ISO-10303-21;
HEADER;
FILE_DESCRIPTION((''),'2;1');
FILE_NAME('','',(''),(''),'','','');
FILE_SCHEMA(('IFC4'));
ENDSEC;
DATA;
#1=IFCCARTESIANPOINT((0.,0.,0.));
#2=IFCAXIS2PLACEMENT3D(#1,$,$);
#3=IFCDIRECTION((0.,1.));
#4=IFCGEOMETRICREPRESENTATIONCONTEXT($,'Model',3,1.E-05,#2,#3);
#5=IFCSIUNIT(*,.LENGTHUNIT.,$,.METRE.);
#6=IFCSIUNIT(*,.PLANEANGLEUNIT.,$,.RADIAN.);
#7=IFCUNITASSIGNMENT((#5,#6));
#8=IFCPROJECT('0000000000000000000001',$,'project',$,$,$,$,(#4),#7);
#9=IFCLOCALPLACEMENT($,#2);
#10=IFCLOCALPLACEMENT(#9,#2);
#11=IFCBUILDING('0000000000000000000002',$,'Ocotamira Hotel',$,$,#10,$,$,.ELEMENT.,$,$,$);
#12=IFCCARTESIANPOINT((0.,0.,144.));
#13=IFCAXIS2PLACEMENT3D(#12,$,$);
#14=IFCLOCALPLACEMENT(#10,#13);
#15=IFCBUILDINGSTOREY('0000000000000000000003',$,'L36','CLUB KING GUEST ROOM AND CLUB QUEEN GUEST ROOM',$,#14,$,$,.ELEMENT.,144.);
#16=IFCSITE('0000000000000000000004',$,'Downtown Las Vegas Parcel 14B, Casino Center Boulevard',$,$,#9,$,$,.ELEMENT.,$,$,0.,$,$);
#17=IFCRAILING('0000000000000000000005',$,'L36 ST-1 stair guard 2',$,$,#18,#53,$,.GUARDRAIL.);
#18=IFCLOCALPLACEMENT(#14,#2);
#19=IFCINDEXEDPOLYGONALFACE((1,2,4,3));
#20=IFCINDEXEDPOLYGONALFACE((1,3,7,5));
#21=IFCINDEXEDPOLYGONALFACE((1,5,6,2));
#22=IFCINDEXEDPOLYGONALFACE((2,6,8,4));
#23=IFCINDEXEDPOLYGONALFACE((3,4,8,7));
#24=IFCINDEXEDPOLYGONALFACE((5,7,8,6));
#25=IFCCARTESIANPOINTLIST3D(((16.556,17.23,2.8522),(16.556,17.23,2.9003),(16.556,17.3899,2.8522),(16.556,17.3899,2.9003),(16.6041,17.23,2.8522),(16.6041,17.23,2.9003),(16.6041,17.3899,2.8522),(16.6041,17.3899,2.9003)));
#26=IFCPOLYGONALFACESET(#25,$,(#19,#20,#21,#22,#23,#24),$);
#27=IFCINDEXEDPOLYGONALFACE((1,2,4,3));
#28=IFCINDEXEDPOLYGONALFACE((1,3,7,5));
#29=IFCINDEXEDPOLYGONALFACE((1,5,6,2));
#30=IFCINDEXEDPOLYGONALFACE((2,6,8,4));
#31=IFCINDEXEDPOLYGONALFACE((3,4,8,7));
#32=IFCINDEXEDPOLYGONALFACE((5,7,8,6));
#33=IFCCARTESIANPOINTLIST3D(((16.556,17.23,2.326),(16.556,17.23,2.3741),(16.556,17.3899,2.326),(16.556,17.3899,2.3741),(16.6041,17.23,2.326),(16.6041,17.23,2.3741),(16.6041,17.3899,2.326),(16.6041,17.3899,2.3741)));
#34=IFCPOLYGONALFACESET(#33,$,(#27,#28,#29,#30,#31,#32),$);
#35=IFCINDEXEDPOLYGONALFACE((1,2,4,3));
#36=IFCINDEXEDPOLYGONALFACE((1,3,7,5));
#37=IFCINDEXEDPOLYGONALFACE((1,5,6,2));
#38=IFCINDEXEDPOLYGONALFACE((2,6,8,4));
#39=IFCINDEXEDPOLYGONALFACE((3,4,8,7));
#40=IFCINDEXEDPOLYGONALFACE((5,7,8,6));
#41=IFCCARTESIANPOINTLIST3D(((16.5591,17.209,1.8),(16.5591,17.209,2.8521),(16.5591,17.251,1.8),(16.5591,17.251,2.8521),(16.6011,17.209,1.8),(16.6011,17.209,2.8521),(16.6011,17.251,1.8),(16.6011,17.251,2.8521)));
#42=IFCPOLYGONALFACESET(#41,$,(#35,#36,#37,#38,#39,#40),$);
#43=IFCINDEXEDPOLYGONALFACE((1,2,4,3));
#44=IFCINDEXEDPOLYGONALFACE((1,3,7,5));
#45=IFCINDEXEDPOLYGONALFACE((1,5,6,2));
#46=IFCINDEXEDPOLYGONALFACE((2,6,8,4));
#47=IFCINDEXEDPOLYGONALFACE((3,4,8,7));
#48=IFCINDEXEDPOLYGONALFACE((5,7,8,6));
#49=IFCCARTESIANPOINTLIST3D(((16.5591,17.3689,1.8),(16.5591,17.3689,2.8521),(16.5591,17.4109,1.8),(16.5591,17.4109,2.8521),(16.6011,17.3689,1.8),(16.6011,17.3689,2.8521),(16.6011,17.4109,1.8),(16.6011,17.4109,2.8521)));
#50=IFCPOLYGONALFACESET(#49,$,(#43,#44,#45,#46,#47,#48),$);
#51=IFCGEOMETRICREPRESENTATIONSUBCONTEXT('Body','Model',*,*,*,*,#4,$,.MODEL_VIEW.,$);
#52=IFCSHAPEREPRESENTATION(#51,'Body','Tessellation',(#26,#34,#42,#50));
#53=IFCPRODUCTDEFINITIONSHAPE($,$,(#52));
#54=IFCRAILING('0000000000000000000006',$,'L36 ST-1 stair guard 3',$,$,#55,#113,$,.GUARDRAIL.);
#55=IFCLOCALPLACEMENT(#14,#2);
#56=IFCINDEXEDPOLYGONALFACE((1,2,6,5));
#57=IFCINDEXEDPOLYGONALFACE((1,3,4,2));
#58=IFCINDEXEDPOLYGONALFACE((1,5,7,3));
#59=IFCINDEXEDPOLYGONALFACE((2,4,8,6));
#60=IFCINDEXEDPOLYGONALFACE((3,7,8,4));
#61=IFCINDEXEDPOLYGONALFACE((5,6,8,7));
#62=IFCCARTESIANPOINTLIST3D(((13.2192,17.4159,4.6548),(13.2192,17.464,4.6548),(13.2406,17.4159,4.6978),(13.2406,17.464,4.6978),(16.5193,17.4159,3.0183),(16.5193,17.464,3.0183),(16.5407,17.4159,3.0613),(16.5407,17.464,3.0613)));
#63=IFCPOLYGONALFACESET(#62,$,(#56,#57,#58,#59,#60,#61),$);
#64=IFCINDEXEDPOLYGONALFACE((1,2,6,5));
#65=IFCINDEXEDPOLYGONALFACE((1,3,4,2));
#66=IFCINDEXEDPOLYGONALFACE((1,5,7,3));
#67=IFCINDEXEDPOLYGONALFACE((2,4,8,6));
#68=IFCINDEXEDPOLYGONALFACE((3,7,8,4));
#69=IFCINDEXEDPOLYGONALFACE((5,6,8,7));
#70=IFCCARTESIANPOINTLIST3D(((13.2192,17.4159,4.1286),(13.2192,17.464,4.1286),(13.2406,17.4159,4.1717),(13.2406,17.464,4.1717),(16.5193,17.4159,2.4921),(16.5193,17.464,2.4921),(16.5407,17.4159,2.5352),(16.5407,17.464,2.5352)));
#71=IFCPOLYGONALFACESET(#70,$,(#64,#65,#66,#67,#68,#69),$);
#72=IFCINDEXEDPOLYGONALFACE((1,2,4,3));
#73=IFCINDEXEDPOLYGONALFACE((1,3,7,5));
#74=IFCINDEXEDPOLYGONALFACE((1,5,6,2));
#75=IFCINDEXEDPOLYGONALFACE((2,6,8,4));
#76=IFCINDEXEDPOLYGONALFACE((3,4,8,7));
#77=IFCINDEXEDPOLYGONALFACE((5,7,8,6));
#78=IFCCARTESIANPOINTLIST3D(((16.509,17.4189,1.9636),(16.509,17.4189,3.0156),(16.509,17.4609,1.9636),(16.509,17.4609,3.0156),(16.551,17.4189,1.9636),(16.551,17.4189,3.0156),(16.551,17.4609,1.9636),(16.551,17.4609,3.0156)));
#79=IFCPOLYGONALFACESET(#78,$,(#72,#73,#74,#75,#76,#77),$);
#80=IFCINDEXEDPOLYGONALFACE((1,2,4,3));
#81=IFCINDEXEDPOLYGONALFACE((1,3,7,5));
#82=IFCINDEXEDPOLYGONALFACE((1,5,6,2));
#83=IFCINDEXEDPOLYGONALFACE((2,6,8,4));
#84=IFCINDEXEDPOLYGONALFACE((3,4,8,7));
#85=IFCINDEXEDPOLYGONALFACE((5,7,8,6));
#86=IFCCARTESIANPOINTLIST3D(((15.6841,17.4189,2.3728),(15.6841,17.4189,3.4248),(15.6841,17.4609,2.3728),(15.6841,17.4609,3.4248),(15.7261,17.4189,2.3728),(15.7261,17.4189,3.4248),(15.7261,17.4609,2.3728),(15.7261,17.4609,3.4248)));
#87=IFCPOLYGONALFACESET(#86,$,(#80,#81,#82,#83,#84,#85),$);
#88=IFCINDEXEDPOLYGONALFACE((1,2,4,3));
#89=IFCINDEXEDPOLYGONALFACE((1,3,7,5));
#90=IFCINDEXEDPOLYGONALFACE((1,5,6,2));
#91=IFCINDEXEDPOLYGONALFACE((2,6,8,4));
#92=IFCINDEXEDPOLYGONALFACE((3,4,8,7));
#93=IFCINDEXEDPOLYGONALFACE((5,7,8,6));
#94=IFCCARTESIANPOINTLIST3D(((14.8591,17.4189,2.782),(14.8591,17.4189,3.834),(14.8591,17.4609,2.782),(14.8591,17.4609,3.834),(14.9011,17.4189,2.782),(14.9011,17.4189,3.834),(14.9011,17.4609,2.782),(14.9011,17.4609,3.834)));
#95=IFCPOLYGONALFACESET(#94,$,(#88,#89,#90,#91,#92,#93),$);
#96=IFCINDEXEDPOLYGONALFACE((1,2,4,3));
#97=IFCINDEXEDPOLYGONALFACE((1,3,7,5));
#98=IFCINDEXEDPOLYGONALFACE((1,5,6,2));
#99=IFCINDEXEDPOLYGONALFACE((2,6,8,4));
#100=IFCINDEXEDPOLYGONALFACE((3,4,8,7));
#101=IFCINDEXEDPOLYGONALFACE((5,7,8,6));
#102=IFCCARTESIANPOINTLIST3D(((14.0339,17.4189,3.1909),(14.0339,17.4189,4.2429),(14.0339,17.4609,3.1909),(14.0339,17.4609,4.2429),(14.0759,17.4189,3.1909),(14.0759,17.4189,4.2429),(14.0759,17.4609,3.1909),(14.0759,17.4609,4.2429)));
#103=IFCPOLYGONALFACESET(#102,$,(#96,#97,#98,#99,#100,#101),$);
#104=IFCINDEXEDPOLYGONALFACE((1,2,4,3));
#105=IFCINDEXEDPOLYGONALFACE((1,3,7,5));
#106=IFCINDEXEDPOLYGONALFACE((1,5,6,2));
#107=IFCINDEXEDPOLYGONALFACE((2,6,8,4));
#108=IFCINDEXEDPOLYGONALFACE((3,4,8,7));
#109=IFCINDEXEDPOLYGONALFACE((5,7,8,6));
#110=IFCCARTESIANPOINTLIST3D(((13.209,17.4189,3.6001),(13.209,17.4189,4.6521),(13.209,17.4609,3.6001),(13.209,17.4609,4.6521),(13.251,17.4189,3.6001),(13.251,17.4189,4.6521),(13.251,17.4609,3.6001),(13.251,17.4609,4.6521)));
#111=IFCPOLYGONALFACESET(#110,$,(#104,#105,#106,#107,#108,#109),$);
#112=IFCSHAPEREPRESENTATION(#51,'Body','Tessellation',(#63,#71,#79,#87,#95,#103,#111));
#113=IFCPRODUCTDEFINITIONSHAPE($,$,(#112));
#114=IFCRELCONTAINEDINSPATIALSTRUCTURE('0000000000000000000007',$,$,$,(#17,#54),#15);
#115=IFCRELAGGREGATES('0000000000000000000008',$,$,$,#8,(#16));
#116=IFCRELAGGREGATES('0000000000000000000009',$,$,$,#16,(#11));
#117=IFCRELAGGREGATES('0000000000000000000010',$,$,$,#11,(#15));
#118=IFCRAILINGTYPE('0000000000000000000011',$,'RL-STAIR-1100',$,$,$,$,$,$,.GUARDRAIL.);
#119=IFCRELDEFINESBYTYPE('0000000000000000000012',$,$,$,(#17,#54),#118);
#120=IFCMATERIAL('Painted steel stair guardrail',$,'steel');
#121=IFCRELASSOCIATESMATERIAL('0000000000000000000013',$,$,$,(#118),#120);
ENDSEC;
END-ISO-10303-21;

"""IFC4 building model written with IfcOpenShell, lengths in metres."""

from ifc_helpers import new_model, si_unit, direction, frame, origin, origin_2d, place, context, subcontext, project, spatial, rectangle, extrude, material, type_object, element, save


model = new_model("IFC4")

# Units and contexts
model_context = context("Model", 3, precision=1e-05, world=origin(), true_north=direction((0.0, 1.0)))
body_context = subcontext(model_context, "Body", "Model", "MODEL_VIEW")
ifc_project = project(units=[si_unit("LENGTHUNIT", "METRE"), si_unit("PLANEANGLEUNIT", "RADIAN")], contexts=[model_context])

# Site, building, storey
site_placement = place(None, origin())
site = spatial("IfcSite", under=ifc_project, at=site_placement, Name="Downtown Las Vegas Parcel 14B, Casino Center Boulevard", CompositionType="ELEMENT", RefElevation=0.0)
building_placement = place(site_placement, origin())
building = spatial("IfcBuilding", under=site, at=building_placement, Name="Ocotamira Hotel", CompositionType="ELEMENT")
storey_placement = place(building_placement, frame((0.0, 0.0, 144.0)))
storey = spatial("IfcBuildingStorey", under=building, at=storey_placement, Name="L36", Description="CLUB KING GUEST ROOM AND CLUB QUEEN GUEST ROOM", CompositionType="ELEMENT", Elevation=144.0)

# Railings
ifc_material_1 = material(Name="Painted steel stair guardrail", Category="steel")
railing_type_1 = type_object("IfcRailingType", Name="RL-STAIR-1100", PredefinedType="GUARDRAIL", material=ifc_material_1)
railing_1_placement = place(storey_placement, frame((16.5801, 17.23, 1.8)))
element("IfcRailing", 1, at=railing_1_placement, inside=storey, type_object=railing_type_1, Name="L36 ST-1 stair guard 2", PredefinedType="GUARDRAIL", context=body_context, shape_type="SweptSolid", body=[
    extrude(rectangle(XDim=0.0481, YDim=0.0481, at=origin_2d()), frame((0.0, 0.0, 1.0762), z_axis=(0.0, 1.0, 0.0), x_axis=(-1.0, 0.0, 0.0)), (0.0, 0.0, 1.0), 0.1599),
    extrude(rectangle(XDim=0.0481, YDim=0.0481, at=origin_2d()), frame((0.0, 0.0, 0.55), z_axis=(0.0, 1.0, 0.0), x_axis=(-1.0, 0.0, 0.0)), (0.0, 0.0, 1.0), 0.1599),
    extrude(rectangle(XDim=0.042, YDim=0.042, at=origin_2d()), origin(), (0.0, 0.0, 1.0), 1.052),
    extrude(rectangle(XDim=0.042, YDim=0.042, at=origin_2d()), frame((0.0, 0.1599, 0.0)), (0.0, 0.0, 1.0), 1.052),
])
railing_2_placement = place(storey_placement, frame((16.53, 17.4399, 1.9636)))
element("IfcRailing", 2, at=railing_2_placement, inside=storey, type_object=railing_type_1, Name="L36 ST-1 stair guard 3", PredefinedType="GUARDRAIL", context=body_context, shape_type="SweptSolid", body=[
    extrude(rectangle(XDim=0.0481, YDim=0.0481, at=origin_2d()), frame((0.0, 0.0, 1.0762), z_axis=(-0.895894, 0.0, 0.444268), x_axis=(0.0, -1.0, 0.0)), (0.0, 0.0, 1.0), 3.6836),
    extrude(rectangle(XDim=0.0481, YDim=0.0481, at=origin_2d()), frame((0.0, 0.0, 0.55), z_axis=(-0.895894, 0.0, 0.444268), x_axis=(0.0, -1.0, 0.0)), (0.0, 0.0, 1.0), 3.6836),
    extrude(rectangle(XDim=0.042, YDim=0.042, at=origin_2d()), origin(), (0.0, 0.0, 1.0), 1.052),
    extrude(rectangle(XDim=0.042, YDim=0.042, at=origin_2d()), frame((-0.825, 0.0, 0.4092)), (0.0, 0.0, 1.0), 1.052),
    extrude(rectangle(XDim=0.042, YDim=0.042, at=origin_2d()), frame((-1.6499, 0.0, 0.8184)), (0.0, 0.0, 1.0), 1.052),
    extrude(rectangle(XDim=0.042, YDim=0.042, at=origin_2d()), frame((-2.4751, 0.0, 1.2273)), (0.0, 0.0, 1.0), 1.052),
    extrude(rectangle(XDim=0.042, YDim=0.042, at=origin_2d()), frame((-3.3, 0.0, 1.6365)), (0.0, 0.0, 1.0), 1.052),
])

save(model, "model.ifc")
